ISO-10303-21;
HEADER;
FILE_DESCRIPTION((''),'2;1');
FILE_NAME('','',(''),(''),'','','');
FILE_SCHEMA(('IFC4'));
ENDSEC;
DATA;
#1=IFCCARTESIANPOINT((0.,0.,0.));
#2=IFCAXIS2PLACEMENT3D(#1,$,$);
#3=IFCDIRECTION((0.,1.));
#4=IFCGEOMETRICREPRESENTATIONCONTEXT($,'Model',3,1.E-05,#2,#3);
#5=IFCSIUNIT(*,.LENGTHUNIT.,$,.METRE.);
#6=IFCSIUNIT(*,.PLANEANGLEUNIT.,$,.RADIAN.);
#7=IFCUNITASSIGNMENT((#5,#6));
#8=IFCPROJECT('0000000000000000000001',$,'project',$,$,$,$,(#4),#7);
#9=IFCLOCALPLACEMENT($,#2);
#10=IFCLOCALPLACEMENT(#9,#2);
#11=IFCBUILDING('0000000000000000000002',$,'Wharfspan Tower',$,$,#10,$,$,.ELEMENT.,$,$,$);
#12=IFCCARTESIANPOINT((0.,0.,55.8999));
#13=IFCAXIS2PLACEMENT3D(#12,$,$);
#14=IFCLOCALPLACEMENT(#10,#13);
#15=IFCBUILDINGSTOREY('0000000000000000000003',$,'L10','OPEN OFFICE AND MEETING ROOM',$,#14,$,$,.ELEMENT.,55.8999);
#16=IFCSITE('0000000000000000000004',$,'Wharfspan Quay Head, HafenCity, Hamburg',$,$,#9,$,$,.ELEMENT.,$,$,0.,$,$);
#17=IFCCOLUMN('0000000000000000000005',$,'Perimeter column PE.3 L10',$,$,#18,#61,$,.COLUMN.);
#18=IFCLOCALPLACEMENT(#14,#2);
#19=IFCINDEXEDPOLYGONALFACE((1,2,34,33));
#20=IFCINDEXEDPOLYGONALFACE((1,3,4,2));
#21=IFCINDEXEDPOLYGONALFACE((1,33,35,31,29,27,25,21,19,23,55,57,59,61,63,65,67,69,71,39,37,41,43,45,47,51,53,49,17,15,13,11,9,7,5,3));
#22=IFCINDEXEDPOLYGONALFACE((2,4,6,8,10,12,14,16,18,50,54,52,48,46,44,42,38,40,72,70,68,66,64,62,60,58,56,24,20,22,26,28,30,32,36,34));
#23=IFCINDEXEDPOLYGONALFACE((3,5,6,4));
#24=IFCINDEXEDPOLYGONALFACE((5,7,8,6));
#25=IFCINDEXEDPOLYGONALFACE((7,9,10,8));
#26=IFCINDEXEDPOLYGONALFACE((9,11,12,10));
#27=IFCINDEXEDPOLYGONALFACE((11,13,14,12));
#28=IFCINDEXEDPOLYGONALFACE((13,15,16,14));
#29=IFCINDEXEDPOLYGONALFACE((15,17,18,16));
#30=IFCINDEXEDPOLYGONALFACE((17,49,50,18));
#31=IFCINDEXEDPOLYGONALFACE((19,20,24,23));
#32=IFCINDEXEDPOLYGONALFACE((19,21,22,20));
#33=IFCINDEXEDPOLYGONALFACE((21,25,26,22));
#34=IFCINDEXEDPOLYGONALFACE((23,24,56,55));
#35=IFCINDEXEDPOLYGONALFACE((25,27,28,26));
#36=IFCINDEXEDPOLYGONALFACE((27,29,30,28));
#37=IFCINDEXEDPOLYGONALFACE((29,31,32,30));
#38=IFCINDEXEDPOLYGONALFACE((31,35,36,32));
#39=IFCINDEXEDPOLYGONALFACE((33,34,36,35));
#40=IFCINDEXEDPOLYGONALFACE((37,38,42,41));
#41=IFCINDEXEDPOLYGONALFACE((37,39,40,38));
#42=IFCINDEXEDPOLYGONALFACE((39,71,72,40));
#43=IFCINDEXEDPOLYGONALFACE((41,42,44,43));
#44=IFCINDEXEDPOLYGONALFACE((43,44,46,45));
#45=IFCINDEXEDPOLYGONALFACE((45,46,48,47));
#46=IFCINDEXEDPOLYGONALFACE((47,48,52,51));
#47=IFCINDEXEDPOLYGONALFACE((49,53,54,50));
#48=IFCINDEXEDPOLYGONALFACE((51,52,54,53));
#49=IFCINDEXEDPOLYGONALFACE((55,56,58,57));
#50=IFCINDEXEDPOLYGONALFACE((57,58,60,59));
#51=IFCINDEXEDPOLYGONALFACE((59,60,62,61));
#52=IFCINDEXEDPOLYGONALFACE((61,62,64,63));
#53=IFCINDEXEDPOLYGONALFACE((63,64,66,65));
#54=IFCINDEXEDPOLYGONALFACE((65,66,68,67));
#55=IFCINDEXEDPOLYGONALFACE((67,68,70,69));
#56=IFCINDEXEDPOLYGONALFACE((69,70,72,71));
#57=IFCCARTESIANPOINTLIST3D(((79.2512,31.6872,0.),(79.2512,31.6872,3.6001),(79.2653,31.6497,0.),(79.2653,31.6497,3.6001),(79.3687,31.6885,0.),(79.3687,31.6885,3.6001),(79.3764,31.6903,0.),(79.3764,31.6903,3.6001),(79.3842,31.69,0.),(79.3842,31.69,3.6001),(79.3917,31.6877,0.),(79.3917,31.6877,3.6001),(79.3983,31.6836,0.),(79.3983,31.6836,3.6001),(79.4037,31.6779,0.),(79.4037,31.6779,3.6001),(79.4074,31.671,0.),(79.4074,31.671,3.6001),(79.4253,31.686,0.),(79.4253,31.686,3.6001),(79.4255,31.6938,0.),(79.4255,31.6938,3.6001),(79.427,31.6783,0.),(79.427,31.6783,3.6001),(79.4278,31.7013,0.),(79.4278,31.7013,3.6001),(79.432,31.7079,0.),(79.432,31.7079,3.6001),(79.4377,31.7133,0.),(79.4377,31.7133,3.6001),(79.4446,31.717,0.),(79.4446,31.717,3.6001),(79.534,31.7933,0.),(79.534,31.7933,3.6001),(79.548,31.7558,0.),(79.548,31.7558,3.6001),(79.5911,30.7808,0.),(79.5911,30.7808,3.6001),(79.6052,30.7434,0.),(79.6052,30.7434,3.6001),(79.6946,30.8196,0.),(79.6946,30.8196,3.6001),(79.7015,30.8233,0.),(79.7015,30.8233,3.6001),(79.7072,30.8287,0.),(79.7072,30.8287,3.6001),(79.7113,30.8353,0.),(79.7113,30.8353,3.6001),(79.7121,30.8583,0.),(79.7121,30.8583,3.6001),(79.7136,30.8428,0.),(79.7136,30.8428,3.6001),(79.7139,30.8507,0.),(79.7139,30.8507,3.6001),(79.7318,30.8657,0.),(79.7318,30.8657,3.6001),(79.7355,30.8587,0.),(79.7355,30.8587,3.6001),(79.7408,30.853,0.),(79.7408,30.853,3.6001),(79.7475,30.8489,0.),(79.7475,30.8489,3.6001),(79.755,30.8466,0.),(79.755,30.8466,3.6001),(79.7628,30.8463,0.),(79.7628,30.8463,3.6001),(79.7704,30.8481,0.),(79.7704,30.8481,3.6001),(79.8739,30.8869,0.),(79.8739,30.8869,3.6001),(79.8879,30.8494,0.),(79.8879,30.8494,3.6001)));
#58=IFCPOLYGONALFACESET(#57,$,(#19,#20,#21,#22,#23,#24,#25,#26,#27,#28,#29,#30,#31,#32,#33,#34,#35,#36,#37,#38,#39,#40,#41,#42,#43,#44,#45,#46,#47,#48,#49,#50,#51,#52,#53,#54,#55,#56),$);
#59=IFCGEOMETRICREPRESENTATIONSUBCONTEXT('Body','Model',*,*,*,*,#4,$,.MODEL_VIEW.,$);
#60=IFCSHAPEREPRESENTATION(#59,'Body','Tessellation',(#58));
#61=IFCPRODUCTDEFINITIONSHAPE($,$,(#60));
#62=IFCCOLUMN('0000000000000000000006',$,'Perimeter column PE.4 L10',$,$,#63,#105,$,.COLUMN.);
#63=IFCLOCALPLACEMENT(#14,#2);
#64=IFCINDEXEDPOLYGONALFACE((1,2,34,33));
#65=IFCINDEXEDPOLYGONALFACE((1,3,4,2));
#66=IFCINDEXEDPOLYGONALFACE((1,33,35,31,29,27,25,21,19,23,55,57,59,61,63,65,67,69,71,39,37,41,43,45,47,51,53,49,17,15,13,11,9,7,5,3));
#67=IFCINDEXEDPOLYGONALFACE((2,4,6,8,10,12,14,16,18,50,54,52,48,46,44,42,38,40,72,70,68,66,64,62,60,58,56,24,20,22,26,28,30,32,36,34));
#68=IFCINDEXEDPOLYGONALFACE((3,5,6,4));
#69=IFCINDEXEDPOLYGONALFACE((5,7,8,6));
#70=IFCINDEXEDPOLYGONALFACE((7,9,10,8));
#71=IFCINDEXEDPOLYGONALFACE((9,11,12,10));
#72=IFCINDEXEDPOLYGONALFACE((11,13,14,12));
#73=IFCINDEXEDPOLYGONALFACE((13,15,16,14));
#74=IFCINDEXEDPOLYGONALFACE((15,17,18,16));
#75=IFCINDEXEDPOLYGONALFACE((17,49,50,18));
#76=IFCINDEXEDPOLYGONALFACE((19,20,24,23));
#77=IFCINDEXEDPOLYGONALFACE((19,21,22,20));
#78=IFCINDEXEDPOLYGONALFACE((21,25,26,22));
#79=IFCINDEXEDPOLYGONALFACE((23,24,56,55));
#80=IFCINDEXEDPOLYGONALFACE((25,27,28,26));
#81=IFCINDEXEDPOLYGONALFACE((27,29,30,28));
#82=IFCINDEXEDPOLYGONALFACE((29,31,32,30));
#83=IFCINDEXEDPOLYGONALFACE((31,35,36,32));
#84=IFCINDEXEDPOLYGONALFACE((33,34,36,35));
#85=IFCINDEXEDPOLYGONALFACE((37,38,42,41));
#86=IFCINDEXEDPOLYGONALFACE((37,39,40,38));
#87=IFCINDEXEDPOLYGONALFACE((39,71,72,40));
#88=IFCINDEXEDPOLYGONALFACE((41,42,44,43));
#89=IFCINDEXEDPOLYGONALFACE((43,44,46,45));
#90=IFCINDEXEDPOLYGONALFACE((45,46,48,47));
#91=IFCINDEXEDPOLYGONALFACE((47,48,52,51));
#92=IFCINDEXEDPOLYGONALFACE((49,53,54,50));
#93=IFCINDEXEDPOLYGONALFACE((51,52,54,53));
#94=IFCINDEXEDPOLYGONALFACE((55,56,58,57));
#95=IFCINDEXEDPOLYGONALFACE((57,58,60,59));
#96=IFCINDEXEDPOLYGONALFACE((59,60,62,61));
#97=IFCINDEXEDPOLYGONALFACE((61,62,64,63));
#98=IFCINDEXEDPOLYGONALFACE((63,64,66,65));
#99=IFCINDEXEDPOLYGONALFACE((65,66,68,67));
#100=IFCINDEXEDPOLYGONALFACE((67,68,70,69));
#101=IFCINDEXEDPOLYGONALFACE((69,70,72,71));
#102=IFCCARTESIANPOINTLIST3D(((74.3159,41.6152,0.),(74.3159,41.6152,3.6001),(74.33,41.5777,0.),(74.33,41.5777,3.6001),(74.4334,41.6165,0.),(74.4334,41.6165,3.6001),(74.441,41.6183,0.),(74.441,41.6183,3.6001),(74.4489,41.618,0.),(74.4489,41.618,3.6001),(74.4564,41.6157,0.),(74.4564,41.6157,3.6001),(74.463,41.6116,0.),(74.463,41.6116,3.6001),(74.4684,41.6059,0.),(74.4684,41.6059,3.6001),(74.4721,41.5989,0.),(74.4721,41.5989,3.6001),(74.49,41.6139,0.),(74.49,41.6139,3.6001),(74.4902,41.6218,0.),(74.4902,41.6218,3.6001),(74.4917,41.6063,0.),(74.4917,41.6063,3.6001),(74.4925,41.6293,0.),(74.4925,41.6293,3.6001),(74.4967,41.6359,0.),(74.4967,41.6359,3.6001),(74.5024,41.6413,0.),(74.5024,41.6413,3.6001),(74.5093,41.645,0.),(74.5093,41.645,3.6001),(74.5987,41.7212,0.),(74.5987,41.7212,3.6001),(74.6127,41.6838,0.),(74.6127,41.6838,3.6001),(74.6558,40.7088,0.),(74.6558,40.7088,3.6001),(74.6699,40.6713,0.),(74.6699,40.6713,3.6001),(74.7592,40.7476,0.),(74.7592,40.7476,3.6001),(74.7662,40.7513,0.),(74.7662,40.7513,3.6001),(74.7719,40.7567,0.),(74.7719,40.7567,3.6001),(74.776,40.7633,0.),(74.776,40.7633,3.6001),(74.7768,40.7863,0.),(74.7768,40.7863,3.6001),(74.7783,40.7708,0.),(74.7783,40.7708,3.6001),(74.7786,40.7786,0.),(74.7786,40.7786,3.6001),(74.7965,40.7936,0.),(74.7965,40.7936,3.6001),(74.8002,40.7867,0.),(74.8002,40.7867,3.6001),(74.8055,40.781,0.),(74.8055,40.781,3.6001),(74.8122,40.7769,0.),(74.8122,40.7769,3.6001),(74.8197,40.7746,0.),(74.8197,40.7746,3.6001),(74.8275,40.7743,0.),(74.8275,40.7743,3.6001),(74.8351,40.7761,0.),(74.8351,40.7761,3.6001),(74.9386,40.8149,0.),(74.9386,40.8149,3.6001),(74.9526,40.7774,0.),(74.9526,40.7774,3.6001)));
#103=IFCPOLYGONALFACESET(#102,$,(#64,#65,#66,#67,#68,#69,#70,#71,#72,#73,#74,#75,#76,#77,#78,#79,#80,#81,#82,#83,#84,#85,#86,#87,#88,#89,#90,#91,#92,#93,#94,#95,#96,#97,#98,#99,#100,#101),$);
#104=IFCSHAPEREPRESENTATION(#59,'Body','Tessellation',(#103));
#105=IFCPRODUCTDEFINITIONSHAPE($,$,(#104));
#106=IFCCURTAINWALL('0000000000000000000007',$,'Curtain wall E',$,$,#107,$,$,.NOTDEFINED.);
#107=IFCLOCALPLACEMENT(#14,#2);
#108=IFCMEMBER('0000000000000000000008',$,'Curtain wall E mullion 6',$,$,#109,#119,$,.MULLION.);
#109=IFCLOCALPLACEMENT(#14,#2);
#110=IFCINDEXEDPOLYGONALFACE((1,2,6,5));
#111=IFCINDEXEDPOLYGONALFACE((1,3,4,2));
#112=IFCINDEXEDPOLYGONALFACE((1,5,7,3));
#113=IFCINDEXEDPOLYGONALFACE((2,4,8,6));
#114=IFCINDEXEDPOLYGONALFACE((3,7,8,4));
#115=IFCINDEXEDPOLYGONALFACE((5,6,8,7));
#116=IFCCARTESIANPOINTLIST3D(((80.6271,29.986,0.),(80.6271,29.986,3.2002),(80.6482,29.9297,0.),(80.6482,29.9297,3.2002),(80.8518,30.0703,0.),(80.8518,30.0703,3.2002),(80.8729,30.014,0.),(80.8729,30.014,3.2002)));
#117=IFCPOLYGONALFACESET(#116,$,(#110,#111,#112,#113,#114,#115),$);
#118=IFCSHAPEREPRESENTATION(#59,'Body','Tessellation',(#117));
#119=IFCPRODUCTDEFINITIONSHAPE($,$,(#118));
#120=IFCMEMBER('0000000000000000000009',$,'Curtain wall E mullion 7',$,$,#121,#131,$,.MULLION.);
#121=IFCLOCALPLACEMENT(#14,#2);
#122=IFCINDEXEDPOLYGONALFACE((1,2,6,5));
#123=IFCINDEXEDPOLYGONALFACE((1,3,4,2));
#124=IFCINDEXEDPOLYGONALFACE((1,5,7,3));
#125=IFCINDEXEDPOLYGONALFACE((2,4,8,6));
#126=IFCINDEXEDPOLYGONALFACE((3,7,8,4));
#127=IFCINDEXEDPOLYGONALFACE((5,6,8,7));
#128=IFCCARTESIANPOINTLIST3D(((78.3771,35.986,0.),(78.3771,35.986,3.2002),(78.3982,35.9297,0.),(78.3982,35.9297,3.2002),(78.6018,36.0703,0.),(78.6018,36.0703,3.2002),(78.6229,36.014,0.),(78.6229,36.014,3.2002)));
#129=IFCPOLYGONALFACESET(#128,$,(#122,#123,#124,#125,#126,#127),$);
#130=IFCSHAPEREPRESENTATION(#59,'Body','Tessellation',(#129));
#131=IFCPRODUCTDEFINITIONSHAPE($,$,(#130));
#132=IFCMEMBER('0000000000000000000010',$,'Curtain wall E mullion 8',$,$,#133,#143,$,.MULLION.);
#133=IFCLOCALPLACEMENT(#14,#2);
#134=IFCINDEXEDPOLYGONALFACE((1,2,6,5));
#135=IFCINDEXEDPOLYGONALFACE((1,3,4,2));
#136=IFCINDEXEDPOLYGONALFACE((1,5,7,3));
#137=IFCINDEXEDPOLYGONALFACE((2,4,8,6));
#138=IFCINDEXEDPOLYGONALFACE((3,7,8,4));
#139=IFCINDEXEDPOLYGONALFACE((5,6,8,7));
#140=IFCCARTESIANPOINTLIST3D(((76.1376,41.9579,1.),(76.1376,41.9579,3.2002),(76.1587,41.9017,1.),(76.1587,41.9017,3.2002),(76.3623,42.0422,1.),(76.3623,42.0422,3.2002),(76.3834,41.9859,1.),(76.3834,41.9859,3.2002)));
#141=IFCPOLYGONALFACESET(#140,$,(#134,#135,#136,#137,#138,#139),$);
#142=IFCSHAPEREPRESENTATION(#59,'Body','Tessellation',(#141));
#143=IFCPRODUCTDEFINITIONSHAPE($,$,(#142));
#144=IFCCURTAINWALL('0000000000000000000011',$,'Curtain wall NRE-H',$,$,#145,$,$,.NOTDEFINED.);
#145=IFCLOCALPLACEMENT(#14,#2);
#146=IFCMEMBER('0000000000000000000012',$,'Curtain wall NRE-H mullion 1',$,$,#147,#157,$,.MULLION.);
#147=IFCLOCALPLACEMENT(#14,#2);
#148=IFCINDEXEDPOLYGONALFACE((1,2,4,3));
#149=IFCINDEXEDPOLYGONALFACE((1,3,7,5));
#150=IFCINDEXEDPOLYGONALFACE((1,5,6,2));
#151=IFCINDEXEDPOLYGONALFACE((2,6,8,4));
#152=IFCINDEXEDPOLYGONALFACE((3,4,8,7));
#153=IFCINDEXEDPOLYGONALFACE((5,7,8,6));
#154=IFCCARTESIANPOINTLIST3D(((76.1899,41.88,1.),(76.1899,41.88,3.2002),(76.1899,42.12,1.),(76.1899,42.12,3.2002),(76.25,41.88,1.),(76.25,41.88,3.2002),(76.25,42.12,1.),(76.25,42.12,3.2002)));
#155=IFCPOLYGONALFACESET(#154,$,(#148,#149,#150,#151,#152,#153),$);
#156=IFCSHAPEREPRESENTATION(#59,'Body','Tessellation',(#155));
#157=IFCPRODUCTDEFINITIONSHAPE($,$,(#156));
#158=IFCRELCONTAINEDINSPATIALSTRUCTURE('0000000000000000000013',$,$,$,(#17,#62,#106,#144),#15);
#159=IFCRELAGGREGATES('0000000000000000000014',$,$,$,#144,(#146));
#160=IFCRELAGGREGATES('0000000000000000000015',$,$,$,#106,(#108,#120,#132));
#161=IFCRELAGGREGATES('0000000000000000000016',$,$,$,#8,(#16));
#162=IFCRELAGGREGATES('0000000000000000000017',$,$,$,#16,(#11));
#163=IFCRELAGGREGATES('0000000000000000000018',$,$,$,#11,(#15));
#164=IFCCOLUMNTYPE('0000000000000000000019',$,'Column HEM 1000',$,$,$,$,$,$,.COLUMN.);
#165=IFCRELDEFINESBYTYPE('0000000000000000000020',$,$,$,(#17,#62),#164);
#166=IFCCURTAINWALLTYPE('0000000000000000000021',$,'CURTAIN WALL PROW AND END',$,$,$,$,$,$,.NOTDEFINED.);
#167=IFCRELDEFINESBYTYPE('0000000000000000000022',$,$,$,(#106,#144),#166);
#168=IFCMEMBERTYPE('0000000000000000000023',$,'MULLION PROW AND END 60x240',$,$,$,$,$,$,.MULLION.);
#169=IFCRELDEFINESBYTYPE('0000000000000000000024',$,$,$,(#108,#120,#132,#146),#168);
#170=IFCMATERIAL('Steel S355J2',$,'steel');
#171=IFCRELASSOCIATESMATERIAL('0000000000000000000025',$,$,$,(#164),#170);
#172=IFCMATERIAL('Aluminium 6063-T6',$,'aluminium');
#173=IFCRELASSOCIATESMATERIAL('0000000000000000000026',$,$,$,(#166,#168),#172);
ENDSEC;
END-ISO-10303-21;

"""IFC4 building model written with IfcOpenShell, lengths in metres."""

from ifc_helpers import new_model, si_unit, direction, frame, origin, origin_2d, place, context, subcontext, project, spatial, rectangle, i_section, extrude, material, material_profile, profile_set, type_object, element, aggregate, save


model = new_model("IFC4")

# Units and contexts
model_context = context("Model", 3, precision=1e-05, world=origin(), true_north=direction((0.0, 1.0)))
body_context = subcontext(model_context, "Body", "Model", "MODEL_VIEW")
ifc_project = project(units=[si_unit("LENGTHUNIT", "METRE"), si_unit("PLANEANGLEUNIT", "RADIAN")], contexts=[model_context])

# Site, building, storey
site_placement = place(None, origin())
site = spatial("IfcSite", under=ifc_project, at=site_placement, Name="Wharfspan Quay Head, HafenCity, Hamburg", CompositionType="ELEMENT", RefElevation=0.0)
building_placement = place(site_placement, origin())
building = spatial("IfcBuilding", under=site, at=building_placement, Name="Wharfspan Tower", CompositionType="ELEMENT")
storey_placement = place(building_placement, frame((0.0, 0.0, 55.8999)))
storey = spatial("IfcBuildingStorey", under=building, at=storey_placement, Name="L10", Description="OPEN OFFICE AND MEETING ROOM", CompositionType="ELEMENT", Elevation=55.8999)

# Columns
ifc_material_1 = material(Name="Steel S355J2", Category="steel")
ifc_material_profile_1 = material_profile(ifc_material_1, i_section(OverallWidth=0.302, OverallDepth=1.0081, WebThickness=0.021, FlangeThickness=0.04, FilletRadius=0.03, at=origin_2d()))
ifc_profile_set_1 = profile_set([ifc_material_profile_1], Name="Steel S355J2")
column_type = type_object("IfcColumnType", Name="Column HEM 1000", PredefinedType="COLUMN", material=ifc_profile_set_1)
for number, where, z_axis, x_axis, name in (
    (1, (79.5696, 31.2683, 0.0), (0.0, 0.0, 1.0), (0.936328, 0.351123, 0.0), "Perimeter column PE.3 L10"),
    (2, (74.6343, 41.1963, 0.0), (0.0, 0.0, 1.0), (0.936328, 0.351123, 0.0), "Perimeter column PE.4 L10"),
):
    element("IfcColumn", number, at=place(storey_placement, frame(where, z_axis=z_axis, x_axis=x_axis)), inside=storey, type_object=column_type, Name=name, PredefinedType="COLUMN", context=body_context, shape_type="SweptSolid", body=[
        extrude(i_section(OverallWidth=0.302, OverallDepth=1.0081, WebThickness=0.021, FlangeThickness=0.04, FilletRadius=0.03, at=origin_2d()), origin(), (0.0, 0.0, 1.0), 3.6001),
    ])

# Curtain wall, members
ifc_material_2 = material(Name="Aluminium 6063-T6", Category="aluminium")
curtain_wall_type = type_object("IfcCurtainWallType", Name="CURTAIN WALL PROW AND END", PredefinedType="NOTDEFINED", material=ifc_material_2)
curtain_wall_1_placement = place(storey_placement, origin())
curtain_wall_1 = element("IfcCurtainWall", 3, at=curtain_wall_1_placement, inside=storey, type_object=curtain_wall_type, Name="Curtain wall E", PredefinedType="NOTDEFINED")
ifc_material_profile_2 = material_profile(ifc_material_2, rectangle(XDim=0.24, YDim=0.0601, at=origin_2d()))
ifc_profile_set_2 = profile_set([ifc_material_profile_2], Name="Aluminium 6063-T6")
member_type_1 = type_object("IfcMemberType", Name="MULLION PROW AND END 60x240", PredefinedType="MULLION", material=ifc_profile_set_2)
member_1_placement = place(storey_placement, frame((80.75, 30.0, 0.0), z_axis=(0.0, 0.0, 1.0), x_axis=(-0.936328, -0.351123, 0.0)))
member_1 = element("IfcMember", 4, at=member_1_placement, type_object=member_type_1, Name="Curtain wall E mullion 6", PredefinedType="MULLION", context=body_context, shape_type="SweptSolid", body=[
    extrude(rectangle(XDim=0.24, YDim=0.0601, at=origin_2d()), origin(), (0.0, 0.0, 1.0), 3.2002),
])
member_2_placement = place(storey_placement, frame((78.5, 36.0, 0.0), z_axis=(0.0, 0.0, 1.0), x_axis=(-0.936328, -0.351123, 0.0)))
member_2 = element("IfcMember", 5, at=member_2_placement, type_object=member_type_1, Name="Curtain wall E mullion 7", PredefinedType="MULLION", context=body_context, shape_type="SweptSolid", body=[
    extrude(rectangle(XDim=0.24, YDim=0.0601, at=origin_2d()), origin(), (0.0, 0.0, 1.0), 3.2002),
])
member_3_placement = place(storey_placement, frame((76.2605, 41.9719, 1.0), z_axis=(0.0, 0.0, 1.0), x_axis=(-0.936328, -0.351123, 0.0)))
member_3 = element("IfcMember", 6, at=member_3_placement, type_object=member_type_1, Name="Curtain wall E mullion 8", PredefinedType="MULLION", context=body_context, shape_type="SweptSolid", body=[
    extrude(rectangle(XDim=0.24, YDim=0.0601, at=origin_2d()), origin(), (0.0, 0.0, 1.0), 2.2002),
])

# Curtain wall, member
curtain_wall_2_placement = place(storey_placement, origin())
curtain_wall_2 = element("IfcCurtainWall", 7, at=curtain_wall_2_placement, inside=storey, type_object=curtain_wall_type, Name="Curtain wall NRE-H", PredefinedType="NOTDEFINED")
member_4_placement = place(storey_placement, frame((76.22, 42.0, 1.0), z_axis=(0.0, 0.0, 1.0), x_axis=(0.0, -1.0, 0.0)))
member_4 = element("IfcMember", 8, at=member_4_placement, type_object=member_type_1, Name="Curtain wall NRE-H mullion 1", PredefinedType="MULLION", context=body_context, shape_type="SweptSolid", body=[
    extrude(rectangle(XDim=0.24, YDim=0.0601, at=origin_2d()), origin(), (0.0, 0.0, 1.0), 2.2002),
])

aggregate(curtain_wall_2, [member_4])
aggregate(curtain_wall_1, [member_1, member_2, member_3])

save(model, "model.ifc")
